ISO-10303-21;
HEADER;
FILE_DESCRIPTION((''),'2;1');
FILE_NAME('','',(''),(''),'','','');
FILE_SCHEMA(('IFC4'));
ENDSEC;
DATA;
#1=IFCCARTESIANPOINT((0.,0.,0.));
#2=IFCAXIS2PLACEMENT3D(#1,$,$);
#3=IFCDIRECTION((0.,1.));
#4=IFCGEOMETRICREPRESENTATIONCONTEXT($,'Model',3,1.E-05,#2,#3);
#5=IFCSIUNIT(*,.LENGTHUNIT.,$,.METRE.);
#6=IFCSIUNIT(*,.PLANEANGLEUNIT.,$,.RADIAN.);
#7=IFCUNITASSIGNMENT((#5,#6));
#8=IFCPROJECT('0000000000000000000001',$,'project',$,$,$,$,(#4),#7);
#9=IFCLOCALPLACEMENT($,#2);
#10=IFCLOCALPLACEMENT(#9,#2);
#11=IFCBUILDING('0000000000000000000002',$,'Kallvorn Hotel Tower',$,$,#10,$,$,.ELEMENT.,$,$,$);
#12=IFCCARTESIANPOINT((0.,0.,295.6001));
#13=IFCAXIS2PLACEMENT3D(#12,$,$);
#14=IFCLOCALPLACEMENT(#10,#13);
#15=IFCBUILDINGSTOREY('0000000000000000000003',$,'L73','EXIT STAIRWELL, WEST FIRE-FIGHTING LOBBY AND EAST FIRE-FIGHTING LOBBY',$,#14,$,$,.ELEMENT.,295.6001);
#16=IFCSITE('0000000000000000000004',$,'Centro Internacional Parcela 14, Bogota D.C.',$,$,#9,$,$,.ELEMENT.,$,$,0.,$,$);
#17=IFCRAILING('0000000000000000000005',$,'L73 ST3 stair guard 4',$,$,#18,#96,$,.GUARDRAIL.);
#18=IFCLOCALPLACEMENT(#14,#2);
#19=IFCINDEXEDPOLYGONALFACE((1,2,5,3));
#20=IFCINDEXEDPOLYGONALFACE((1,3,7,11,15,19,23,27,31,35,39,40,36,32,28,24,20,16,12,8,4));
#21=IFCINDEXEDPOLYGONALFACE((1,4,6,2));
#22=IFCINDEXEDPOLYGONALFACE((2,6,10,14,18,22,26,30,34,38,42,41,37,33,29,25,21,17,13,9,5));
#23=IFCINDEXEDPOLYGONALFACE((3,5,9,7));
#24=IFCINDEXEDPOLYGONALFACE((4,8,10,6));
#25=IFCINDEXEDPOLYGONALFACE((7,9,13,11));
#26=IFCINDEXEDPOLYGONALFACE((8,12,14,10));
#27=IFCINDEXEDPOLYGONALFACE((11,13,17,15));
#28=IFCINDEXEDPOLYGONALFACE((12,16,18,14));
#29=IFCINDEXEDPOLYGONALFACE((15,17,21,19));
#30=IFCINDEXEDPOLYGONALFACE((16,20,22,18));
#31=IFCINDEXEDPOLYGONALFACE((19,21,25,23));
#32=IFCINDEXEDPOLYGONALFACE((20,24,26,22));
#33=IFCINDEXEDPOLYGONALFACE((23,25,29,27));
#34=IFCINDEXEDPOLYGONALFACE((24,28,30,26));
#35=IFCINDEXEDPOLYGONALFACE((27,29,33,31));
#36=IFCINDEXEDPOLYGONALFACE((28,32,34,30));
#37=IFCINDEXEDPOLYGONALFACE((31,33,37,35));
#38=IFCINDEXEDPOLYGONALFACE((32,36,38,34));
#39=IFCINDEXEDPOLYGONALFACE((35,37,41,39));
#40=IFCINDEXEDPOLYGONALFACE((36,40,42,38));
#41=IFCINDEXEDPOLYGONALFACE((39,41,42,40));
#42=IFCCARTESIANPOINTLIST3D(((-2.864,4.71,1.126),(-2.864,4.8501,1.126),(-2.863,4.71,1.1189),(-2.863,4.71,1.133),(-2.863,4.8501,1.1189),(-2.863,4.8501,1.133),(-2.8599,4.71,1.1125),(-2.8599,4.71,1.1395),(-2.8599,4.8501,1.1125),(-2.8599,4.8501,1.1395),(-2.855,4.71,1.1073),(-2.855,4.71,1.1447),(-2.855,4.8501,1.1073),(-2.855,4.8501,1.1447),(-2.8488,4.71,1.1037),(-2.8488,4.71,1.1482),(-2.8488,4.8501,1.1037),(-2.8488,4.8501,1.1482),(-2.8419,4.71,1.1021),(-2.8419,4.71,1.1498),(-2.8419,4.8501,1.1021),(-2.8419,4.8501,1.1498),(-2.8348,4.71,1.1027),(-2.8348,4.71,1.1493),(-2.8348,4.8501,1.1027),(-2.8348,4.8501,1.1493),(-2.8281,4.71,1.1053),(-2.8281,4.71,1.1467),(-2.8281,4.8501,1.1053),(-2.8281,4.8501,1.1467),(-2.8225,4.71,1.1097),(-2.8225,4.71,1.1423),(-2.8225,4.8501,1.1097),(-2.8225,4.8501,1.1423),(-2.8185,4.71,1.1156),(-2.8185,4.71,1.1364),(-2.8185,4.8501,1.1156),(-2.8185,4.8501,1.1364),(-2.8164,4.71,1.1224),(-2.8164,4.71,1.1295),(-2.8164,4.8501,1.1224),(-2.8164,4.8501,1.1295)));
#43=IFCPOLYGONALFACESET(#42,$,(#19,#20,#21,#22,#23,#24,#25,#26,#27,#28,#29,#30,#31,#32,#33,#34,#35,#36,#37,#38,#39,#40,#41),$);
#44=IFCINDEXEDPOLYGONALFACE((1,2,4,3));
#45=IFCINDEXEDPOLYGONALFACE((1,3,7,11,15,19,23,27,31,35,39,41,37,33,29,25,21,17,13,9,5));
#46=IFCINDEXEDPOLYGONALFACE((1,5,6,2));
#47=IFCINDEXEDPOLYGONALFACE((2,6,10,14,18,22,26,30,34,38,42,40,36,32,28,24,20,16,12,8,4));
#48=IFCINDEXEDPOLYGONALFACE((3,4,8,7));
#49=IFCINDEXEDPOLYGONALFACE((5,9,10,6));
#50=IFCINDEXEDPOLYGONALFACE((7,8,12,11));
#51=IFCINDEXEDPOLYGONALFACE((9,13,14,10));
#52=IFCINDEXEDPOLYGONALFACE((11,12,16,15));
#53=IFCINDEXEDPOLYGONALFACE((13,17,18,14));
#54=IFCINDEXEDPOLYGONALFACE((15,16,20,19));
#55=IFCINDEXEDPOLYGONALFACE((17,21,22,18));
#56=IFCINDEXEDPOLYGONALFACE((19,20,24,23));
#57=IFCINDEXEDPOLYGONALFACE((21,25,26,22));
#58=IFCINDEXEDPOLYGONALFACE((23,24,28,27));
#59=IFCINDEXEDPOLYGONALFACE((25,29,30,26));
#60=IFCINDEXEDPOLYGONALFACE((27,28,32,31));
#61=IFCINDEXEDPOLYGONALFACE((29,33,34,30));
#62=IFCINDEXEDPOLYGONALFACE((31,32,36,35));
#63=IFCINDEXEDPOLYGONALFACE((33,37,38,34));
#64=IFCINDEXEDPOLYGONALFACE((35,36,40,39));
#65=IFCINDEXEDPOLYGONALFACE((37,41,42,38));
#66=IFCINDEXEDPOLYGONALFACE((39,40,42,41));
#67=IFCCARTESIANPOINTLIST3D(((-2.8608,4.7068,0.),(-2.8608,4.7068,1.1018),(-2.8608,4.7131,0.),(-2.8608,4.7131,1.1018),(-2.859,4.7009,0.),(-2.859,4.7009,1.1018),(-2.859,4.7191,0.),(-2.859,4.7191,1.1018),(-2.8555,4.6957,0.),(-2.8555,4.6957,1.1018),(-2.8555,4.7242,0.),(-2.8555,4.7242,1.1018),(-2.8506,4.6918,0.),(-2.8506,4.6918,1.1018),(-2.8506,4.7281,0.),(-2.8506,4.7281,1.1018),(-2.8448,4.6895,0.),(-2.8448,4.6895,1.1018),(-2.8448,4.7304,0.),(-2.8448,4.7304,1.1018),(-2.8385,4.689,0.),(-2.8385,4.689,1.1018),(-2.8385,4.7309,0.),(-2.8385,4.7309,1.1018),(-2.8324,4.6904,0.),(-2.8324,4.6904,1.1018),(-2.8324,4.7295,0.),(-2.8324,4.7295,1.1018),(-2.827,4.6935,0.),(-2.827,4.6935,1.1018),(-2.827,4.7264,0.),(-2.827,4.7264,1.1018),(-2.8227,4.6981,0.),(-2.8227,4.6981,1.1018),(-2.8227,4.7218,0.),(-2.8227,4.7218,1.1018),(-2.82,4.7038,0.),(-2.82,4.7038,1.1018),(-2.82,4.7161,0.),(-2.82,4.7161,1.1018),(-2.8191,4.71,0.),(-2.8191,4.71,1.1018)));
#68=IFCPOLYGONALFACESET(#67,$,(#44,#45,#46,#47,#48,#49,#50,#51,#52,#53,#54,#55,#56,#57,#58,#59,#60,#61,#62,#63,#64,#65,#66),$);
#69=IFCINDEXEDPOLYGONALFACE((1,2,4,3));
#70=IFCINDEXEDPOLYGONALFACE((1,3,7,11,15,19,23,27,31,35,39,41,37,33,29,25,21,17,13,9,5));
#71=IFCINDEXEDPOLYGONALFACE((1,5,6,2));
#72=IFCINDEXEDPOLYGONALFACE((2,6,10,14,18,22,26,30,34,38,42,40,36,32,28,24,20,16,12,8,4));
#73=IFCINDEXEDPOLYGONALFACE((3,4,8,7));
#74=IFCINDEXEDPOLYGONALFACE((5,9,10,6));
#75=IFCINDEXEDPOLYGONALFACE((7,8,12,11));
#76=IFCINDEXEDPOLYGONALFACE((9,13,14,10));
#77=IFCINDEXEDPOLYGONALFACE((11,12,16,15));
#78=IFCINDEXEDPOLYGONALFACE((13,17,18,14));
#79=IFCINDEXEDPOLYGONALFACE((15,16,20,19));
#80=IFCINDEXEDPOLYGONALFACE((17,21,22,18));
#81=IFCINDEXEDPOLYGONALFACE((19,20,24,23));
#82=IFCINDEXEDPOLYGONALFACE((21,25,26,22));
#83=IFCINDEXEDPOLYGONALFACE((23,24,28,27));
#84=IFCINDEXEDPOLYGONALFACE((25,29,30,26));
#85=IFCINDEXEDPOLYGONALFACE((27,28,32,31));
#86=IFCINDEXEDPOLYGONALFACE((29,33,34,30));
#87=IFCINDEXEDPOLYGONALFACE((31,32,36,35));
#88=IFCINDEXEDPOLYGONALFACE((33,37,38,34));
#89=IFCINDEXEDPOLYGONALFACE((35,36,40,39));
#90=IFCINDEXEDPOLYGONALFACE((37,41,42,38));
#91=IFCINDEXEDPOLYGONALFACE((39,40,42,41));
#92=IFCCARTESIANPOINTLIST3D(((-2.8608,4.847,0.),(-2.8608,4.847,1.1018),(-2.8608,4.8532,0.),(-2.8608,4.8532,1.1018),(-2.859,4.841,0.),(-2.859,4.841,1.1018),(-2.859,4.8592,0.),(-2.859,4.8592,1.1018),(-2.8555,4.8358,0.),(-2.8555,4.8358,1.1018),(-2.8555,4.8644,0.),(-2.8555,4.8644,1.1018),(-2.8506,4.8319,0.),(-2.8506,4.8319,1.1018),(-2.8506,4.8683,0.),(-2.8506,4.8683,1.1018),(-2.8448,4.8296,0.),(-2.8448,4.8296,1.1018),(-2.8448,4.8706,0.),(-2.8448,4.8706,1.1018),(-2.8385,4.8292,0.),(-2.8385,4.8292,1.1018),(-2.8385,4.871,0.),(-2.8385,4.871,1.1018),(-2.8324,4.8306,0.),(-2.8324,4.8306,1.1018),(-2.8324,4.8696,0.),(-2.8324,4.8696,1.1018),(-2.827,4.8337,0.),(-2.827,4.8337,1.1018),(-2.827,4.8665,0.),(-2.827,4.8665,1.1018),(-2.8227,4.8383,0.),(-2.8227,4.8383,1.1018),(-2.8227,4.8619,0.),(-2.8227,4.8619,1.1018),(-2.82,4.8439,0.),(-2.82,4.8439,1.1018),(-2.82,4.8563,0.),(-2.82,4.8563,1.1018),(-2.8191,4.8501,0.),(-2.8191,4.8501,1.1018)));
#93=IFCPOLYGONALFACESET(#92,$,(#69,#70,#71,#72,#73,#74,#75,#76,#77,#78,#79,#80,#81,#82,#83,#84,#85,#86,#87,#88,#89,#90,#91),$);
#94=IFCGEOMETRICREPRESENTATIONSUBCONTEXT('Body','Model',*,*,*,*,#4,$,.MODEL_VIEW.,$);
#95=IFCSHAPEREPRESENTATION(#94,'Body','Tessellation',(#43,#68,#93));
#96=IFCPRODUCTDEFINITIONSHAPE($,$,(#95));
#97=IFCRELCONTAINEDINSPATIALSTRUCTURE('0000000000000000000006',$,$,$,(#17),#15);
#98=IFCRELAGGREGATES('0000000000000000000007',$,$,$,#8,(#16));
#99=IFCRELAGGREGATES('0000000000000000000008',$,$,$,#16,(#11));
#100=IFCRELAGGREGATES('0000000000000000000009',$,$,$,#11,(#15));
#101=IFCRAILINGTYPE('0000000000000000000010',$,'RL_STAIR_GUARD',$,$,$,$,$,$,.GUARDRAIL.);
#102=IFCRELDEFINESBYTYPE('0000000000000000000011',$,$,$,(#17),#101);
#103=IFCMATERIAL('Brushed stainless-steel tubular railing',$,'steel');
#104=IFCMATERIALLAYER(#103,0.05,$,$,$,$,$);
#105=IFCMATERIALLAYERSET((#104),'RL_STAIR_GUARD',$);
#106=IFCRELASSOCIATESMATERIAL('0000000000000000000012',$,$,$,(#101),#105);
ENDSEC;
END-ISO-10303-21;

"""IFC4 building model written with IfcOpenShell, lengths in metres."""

from ifc_helpers import new_model, si_unit, direction, frame, origin, origin_2d, place, context, subcontext, project, spatial, circle, extrude, material, layer, layer_set, type_object, element, save


model = new_model("IFC4")

# Units and contexts
model_context = context("Model", 3, precision=1e-05, world=origin(), true_north=direction((0.0, 1.0)))
body_context = subcontext(model_context, "Body", "Model", "MODEL_VIEW")
ifc_project = project(units=[si_unit("LENGTHUNIT", "METRE"), si_unit("PLANEANGLEUNIT", "RADIAN")], contexts=[model_context])

# Site, building, storey
site_placement = place(None, origin())
site = spatial("IfcSite", under=ifc_project, at=site_placement, Name="Centro Internacional Parcela 14, Bogota D.C.", CompositionType="ELEMENT", RefElevation=0.0)
building_placement = place(site_placement, origin())
building = spatial("IfcBuilding", under=site, at=building_placement, Name="Kallvorn Hotel Tower", CompositionType="ELEMENT")
storey_placement = place(building_placement, frame((0.0, 0.0, 295.6001)))
storey = spatial("IfcBuildingStorey", under=building, at=storey_placement, Name="L73", Description="EXIT STAIRWELL, WEST FIRE-FIGHTING LOBBY AND EAST FIRE-FIGHTING LOBBY", CompositionType="ELEMENT", Elevation=295.6001)

# Railing
ifc_material_1 = material(Name="Brushed stainless-steel tubular railing", Category="steel")
ifc_layer_1 = layer(ifc_material_1, 0.05)
ifc_layer_set_1 = layer_set([ifc_layer_1], Name="RL_STAIR_GUARD")
railing_type = type_object("IfcRailingType", Name="RL_STAIR_GUARD", PredefinedType="GUARDRAIL", material=ifc_layer_set_1)
railing_1_placement = place(storey_placement, frame((-2.8401, 4.71, 0.0)))
element("IfcRailing", 1, at=railing_1_placement, inside=storey, type_object=railing_type, Name="L73 ST3 stair guard 4", PredefinedType="GUARDRAIL", context=body_context, shape_type="SweptSolid", body=[
    extrude(circle(Radius=0.0239, at=origin_2d()), frame((0.0, 0.0, 1.126), z_axis=(0.0, 1.0, 0.0), x_axis=(-1.0, 0.0, 0.0)), (0.0, 0.0, 1.0), 0.1401),
    extrude(circle(Radius=0.021, at=origin_2d()), origin(), (0.0, 0.0, 1.0), 1.1018),
    extrude(circle(Radius=0.021, at=origin_2d()), frame((0.0, 0.1401, 0.0)), (0.0, 0.0, 1.0), 1.1018),
])

save(model, "model.ifc")
